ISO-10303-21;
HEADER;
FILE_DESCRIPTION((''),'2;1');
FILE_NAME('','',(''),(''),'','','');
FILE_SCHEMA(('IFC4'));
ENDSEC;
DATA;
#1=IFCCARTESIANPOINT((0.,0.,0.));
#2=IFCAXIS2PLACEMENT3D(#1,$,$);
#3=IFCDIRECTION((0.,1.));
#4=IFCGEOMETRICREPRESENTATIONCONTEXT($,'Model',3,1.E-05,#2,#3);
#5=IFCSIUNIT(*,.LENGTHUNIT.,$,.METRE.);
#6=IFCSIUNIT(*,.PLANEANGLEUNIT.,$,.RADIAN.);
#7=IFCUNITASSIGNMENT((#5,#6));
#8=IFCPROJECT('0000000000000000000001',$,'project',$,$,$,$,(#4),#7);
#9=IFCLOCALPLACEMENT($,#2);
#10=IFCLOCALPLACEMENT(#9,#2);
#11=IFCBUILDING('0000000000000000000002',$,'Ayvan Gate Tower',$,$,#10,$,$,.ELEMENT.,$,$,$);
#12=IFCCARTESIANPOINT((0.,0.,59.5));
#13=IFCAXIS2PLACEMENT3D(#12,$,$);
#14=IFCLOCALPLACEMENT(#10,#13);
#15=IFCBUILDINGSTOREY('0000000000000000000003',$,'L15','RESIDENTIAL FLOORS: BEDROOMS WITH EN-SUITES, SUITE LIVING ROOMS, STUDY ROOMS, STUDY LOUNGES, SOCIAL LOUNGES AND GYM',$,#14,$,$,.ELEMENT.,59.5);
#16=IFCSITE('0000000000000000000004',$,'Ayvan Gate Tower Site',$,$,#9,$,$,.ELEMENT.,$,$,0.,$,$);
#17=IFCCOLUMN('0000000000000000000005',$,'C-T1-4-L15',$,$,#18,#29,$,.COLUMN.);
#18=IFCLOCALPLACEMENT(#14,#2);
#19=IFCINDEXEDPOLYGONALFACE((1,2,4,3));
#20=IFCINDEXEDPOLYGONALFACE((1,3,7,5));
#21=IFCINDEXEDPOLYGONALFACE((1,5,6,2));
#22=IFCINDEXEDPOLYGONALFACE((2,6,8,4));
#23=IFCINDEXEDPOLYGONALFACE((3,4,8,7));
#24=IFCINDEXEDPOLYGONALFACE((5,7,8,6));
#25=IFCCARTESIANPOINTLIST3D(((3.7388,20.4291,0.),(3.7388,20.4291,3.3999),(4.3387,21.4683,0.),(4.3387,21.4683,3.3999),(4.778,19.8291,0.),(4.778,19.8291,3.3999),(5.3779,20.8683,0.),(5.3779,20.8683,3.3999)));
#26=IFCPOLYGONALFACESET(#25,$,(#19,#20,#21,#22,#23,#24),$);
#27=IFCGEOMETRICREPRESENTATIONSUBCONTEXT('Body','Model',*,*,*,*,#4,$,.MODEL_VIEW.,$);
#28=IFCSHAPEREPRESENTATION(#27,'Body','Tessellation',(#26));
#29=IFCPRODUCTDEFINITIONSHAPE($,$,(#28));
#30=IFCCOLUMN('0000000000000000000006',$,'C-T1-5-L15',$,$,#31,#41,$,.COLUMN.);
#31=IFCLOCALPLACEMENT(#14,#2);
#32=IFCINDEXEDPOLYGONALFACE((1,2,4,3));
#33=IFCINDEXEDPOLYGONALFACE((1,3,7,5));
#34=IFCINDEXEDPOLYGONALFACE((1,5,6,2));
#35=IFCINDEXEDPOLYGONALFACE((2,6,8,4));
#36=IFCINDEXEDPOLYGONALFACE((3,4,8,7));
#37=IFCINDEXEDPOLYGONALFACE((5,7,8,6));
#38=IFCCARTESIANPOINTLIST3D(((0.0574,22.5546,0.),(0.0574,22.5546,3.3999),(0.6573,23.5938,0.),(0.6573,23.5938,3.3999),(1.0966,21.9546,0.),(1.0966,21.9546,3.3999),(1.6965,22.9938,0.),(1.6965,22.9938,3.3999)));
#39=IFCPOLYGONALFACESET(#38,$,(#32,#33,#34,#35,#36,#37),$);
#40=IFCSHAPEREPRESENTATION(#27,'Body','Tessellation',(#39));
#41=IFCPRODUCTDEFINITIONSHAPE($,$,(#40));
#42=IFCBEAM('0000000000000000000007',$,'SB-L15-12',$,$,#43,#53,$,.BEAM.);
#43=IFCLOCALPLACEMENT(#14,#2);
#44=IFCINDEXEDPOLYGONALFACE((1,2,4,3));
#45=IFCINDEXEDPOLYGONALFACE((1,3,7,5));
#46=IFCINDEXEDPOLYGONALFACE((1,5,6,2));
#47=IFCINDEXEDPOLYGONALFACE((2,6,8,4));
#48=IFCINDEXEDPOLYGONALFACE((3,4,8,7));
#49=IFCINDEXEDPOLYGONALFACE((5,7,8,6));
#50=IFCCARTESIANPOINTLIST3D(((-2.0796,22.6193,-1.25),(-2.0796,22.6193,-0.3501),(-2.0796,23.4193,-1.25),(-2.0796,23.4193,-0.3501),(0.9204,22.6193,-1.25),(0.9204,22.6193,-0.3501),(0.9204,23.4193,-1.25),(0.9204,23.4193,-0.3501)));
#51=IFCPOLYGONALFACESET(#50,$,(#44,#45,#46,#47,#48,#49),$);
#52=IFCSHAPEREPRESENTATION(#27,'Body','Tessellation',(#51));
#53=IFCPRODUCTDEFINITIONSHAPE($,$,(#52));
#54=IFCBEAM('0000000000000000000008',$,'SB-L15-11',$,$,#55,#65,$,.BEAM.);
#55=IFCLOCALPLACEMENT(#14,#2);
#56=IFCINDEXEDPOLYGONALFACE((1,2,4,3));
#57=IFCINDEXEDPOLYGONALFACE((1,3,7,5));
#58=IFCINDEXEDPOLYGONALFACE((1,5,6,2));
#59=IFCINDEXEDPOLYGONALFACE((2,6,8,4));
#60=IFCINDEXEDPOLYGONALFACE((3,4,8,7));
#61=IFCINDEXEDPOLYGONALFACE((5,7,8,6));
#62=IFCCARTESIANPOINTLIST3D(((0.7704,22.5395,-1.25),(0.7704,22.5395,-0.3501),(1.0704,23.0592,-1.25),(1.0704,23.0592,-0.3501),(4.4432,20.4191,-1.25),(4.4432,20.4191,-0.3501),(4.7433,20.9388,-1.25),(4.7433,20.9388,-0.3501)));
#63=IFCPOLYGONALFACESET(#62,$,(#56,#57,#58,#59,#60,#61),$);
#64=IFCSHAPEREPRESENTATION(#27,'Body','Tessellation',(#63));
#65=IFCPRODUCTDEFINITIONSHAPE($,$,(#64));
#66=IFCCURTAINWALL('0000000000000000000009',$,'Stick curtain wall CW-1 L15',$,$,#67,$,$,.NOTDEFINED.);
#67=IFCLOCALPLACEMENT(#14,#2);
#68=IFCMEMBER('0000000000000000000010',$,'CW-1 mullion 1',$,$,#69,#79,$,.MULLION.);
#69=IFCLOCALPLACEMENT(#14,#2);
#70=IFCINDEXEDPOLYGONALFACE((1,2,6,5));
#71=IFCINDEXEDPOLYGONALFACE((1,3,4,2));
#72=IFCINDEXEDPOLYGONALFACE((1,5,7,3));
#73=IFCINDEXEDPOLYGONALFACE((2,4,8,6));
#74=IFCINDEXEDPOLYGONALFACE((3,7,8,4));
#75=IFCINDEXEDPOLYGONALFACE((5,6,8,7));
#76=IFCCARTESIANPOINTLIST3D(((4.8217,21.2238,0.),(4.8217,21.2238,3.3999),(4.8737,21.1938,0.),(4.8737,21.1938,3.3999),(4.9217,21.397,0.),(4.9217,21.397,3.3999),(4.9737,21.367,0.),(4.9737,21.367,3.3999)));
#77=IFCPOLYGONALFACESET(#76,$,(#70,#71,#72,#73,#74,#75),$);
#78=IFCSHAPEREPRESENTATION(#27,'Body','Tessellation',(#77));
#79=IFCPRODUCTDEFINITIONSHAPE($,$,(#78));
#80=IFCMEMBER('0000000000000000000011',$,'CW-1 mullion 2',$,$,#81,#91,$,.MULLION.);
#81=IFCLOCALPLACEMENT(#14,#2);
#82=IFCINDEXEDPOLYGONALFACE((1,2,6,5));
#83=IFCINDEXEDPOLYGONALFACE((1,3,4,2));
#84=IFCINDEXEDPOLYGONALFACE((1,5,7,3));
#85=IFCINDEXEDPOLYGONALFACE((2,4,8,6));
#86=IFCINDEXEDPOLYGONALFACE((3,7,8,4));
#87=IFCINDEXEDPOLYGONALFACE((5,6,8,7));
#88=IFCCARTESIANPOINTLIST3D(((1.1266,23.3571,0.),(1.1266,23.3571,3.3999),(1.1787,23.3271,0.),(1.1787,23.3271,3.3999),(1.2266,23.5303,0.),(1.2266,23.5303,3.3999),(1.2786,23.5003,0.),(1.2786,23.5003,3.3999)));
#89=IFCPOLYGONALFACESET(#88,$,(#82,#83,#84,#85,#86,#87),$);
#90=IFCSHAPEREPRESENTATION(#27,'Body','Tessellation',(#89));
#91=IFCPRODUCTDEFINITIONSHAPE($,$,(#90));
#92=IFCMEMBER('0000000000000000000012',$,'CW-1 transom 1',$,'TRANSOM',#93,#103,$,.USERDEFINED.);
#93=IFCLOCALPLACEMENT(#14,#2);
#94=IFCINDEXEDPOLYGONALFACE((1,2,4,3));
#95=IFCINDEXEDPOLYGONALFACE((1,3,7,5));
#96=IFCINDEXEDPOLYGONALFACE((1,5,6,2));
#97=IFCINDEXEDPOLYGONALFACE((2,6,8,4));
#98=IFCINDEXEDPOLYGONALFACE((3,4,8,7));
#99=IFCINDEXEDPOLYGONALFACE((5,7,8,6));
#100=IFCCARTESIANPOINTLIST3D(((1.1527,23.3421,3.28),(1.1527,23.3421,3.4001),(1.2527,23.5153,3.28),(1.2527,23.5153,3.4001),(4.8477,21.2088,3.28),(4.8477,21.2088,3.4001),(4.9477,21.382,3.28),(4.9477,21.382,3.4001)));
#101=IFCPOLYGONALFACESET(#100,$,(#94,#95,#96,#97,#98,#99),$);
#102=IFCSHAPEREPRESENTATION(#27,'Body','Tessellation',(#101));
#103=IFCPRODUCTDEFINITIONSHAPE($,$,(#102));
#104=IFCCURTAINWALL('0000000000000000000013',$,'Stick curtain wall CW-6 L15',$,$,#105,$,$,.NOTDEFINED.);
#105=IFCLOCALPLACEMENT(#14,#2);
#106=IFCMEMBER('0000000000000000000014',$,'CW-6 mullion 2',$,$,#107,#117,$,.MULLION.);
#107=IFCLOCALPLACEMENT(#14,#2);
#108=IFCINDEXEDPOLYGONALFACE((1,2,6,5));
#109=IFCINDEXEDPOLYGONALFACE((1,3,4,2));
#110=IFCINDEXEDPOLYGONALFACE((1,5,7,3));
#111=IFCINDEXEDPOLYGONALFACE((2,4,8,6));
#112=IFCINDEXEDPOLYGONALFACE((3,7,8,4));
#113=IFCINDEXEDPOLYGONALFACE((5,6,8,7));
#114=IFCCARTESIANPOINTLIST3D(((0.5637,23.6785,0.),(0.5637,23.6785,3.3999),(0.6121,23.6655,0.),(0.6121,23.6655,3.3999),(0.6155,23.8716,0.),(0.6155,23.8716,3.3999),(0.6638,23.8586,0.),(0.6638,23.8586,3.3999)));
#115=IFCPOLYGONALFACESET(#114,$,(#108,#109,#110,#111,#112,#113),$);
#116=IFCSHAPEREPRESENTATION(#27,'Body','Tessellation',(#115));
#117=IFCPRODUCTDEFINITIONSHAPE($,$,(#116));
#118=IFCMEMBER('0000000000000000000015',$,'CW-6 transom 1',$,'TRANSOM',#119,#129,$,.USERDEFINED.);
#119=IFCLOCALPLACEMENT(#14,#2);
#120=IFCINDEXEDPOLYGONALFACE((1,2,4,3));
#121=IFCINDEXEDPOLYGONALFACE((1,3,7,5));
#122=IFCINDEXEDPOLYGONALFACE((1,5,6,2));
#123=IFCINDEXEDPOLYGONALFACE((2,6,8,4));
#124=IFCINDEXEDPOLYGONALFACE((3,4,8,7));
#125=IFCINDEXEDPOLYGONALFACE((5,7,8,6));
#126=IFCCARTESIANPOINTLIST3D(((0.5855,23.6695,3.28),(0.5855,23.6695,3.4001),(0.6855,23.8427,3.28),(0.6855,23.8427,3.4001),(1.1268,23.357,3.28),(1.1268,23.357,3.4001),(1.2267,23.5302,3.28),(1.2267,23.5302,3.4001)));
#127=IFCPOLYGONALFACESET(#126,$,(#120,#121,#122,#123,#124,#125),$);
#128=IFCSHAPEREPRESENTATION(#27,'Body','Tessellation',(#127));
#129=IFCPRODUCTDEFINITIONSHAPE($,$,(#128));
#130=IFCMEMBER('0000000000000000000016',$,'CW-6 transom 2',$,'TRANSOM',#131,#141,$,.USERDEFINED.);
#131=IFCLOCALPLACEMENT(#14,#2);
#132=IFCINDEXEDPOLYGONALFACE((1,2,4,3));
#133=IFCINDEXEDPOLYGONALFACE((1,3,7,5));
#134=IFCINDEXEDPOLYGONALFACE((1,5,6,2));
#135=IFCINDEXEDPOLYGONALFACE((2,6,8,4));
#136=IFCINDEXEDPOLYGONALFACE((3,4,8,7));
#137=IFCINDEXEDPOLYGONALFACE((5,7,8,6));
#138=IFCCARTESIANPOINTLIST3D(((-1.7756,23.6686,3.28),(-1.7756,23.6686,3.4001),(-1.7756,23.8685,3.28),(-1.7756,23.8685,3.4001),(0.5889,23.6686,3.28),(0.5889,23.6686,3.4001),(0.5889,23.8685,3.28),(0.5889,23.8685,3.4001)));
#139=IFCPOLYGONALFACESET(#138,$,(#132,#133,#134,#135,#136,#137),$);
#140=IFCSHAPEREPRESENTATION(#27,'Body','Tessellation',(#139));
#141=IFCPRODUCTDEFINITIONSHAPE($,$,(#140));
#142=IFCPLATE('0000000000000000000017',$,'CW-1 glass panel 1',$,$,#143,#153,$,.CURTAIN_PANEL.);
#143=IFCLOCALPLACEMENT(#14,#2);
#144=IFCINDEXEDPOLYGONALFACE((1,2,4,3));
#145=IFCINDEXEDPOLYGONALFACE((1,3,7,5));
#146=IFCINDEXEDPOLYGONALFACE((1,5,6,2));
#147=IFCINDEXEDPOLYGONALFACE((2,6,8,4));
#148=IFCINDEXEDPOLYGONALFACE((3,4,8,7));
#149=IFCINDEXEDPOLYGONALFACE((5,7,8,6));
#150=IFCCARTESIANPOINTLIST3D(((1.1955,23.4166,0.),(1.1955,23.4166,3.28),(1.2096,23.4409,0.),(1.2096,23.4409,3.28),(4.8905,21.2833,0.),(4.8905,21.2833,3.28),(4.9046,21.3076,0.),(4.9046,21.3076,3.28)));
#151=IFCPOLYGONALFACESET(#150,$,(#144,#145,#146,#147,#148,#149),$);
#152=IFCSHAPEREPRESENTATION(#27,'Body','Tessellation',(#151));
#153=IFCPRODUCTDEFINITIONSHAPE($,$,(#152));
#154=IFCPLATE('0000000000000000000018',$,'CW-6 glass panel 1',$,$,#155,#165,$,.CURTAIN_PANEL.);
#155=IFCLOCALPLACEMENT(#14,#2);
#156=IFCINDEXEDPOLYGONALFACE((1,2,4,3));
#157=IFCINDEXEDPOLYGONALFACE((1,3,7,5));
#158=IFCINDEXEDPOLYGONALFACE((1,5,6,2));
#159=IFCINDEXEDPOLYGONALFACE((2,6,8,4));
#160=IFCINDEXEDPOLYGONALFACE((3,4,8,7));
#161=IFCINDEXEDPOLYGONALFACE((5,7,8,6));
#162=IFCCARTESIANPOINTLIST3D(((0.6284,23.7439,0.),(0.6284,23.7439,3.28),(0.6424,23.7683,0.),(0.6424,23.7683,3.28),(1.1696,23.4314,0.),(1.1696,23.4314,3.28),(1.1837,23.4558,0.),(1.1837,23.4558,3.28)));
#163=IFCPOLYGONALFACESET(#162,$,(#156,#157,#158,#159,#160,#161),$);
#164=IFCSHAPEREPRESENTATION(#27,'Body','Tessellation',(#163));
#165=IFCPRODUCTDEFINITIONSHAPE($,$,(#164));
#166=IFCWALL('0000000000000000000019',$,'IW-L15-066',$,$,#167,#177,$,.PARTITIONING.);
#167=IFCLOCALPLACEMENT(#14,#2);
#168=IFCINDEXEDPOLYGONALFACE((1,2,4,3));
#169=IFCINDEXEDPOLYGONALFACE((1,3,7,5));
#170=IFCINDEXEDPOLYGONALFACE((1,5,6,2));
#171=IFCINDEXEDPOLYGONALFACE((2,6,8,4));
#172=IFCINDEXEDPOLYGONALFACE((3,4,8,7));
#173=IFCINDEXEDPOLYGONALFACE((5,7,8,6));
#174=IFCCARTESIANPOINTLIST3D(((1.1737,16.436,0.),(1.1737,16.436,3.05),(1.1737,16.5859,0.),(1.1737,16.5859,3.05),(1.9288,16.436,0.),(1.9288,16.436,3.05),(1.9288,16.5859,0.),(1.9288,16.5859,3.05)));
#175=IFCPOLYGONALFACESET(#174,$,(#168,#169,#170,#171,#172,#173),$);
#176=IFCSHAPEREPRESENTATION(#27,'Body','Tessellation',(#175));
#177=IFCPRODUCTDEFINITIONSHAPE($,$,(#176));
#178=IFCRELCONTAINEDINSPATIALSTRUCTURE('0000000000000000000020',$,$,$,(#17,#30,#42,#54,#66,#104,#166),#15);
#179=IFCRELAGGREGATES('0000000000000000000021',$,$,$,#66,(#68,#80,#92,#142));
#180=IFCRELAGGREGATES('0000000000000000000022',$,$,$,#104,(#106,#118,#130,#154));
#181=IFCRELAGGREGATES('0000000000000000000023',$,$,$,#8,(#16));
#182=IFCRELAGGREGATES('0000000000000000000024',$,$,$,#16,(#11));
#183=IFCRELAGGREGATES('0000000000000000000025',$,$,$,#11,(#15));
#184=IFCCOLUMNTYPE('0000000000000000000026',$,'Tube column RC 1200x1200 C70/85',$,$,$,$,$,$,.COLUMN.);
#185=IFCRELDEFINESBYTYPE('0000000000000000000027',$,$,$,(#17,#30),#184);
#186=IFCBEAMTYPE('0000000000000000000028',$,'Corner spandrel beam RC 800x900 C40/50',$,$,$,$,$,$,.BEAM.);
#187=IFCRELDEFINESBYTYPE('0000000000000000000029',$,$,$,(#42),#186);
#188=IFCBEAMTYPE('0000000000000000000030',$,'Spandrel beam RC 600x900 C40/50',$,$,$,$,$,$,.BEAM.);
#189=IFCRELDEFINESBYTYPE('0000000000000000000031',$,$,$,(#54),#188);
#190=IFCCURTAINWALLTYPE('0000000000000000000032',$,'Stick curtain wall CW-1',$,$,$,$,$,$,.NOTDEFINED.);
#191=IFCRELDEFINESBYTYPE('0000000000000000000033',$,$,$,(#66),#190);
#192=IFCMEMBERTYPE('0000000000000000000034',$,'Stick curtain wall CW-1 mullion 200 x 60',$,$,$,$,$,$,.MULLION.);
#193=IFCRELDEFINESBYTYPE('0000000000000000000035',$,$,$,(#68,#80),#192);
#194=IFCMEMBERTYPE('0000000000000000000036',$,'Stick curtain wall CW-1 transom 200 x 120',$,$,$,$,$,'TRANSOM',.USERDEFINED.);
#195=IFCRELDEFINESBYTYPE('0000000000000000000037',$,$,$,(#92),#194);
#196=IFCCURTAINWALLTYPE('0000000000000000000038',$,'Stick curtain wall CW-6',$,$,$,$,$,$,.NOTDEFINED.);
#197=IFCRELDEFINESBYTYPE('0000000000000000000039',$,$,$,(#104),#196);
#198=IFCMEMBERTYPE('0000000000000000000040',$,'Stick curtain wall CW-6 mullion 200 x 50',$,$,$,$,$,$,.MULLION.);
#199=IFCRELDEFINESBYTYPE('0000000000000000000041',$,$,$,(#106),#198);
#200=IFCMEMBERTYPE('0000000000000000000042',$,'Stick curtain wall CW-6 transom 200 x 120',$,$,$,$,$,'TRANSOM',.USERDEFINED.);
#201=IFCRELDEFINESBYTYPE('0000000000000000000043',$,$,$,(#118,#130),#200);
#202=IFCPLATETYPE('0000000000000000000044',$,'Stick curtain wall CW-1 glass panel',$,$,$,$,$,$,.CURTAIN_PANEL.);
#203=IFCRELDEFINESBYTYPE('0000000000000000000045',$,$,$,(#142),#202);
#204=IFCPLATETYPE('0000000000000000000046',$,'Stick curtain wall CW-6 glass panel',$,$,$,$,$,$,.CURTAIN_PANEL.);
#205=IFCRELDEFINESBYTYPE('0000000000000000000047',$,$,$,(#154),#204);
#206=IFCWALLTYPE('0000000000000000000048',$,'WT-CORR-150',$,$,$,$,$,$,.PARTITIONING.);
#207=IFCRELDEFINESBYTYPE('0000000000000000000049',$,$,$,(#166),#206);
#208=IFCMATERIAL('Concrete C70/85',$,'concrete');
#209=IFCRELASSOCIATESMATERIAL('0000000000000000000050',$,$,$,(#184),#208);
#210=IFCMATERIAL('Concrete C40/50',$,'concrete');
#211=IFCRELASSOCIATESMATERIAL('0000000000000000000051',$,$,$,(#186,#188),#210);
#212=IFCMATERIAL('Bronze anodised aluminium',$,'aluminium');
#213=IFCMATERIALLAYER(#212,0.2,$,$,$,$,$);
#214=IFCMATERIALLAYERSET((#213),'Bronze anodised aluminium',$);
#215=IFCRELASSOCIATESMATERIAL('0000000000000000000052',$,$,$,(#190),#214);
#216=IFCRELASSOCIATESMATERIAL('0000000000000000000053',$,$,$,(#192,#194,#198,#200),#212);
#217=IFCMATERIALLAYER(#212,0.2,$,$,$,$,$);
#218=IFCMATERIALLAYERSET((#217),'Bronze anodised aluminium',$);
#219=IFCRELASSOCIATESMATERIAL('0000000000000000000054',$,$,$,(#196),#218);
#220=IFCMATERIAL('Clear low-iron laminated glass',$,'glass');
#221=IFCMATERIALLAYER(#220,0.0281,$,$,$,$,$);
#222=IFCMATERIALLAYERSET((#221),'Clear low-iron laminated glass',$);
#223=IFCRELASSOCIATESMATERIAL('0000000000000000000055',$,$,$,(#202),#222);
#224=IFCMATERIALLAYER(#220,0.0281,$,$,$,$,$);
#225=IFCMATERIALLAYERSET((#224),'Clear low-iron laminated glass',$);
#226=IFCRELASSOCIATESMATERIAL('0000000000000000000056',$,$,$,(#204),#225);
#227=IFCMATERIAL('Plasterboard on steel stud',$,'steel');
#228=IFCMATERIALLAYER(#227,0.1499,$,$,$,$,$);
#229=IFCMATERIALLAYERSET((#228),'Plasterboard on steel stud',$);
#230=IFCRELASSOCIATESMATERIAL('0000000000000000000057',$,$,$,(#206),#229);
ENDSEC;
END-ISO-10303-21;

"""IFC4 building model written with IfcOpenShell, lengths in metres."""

from ifc_helpers import new_model, si_unit, direction, frame, frame_2d, origin, origin_2d, place, context, subcontext, project, spatial, rectangle, extrude, material, layer, layer_set, material_profile, profile_set, type_object, element, aggregate, save


model = new_model("IFC4")

# Units and contexts
model_context = context("Model", 3, precision=1e-05, world=origin(), true_north=direction((0.0, 1.0)))
body_context = subcontext(model_context, "Body", "Model", "MODEL_VIEW")
ifc_project = project(units=[si_unit("LENGTHUNIT", "METRE"), si_unit("PLANEANGLEUNIT", "RADIAN")], contexts=[model_context])

# Site, building, storey
site_placement = place(None, origin())
site = spatial("IfcSite", under=ifc_project, at=site_placement, Name="Ayvan Gate Tower Site", CompositionType="ELEMENT", RefElevation=0.0)
building_placement = place(site_placement, origin())
building = spatial("IfcBuilding", under=site, at=building_placement, Name="Ayvan Gate Tower", CompositionType="ELEMENT")
storey_placement = place(building_placement, frame((0.0, 0.0, 59.5)))
storey = spatial("IfcBuildingStorey", under=building, at=storey_placement, Name="L15", Description="RESIDENTIAL FLOORS: BEDROOMS WITH EN-SUITES, SUITE LIVING ROOMS, STUDY ROOMS, STUDY LOUNGES, SOCIAL LOUNGES AND GYM", CompositionType="ELEMENT", Elevation=59.5)

# Columns
ifc_material_1 = material(Name="Concrete C70/85", Category="concrete")
ifc_material_profile_1 = material_profile(ifc_material_1, rectangle(XDim=1.2, YDim=1.2, at=origin_2d()), Name="RC 1200x1200")
ifc_profile_set_1 = profile_set([ifc_material_profile_1], Name="Concrete C70/85")
column_type = type_object("IfcColumnType", Name="Tube column RC 1200x1200 C70/85", PredefinedType="COLUMN", material=ifc_profile_set_1)
for number, where, z_axis, x_axis, name in (
    (1, (4.5583, 20.6487, 0.0), (0.0, 0.0, 1.0), (0.5, 0.866025, 0.0), "C-T1-4-L15"),
    (2, (0.877, 22.7742, 0.0), (0.0, 0.0, 1.0), (0.5, 0.866025, 0.0), "C-T1-5-L15"),
):
    element("IfcColumn", number, at=place(storey_placement, frame(where, z_axis=z_axis, x_axis=x_axis)), inside=storey, type_object=column_type, Name=name, PredefinedType="COLUMN", context=body_context, shape_type="SweptSolid", body=[
        extrude(rectangle(XDim=1.2, YDim=1.2, at=origin_2d()), origin(), (0.0, 0.0, 1.0), 3.3999),
    ])

# Beams
ifc_material_2 = material(Name="Concrete C40/50", Category="concrete")
ifc_material_profile_2 = material_profile(ifc_material_2, rectangle(XDim=0.8, YDim=0.8999, at=origin_2d()), Name="RC 800x900")
ifc_profile_set_2 = profile_set([ifc_material_profile_2], Name="Concrete C40/50")
beam_type_1 = type_object("IfcBeamType", Name="Corner spandrel beam RC 800x900 C40/50", PredefinedType="BEAM", material=ifc_profile_set_2)
beam_1_placement = place(storey_placement, frame((0.9204, 23.0193, -0.8), z_axis=(-1.0, 0.0, 0.0), x_axis=(0.0, -1.0, 0.0)))
element("IfcBeam", 3, at=beam_1_placement, inside=storey, type_object=beam_type_1, Name="SB-L15-12", PredefinedType="BEAM", context=body_context, shape_type="SweptSolid", body=[
    extrude(rectangle(XDim=0.8, YDim=0.8999, at=origin_2d()), origin(), (0.0, 0.0, 1.0), 3.0),
])
ifc_material_profile_3 = material_profile(ifc_material_2, rectangle(XDim=0.6001, YDim=0.8999, at=origin_2d()), Name="RC 600x900")
ifc_profile_set_3 = profile_set([ifc_material_profile_3], Name="Concrete C40/50")
beam_type_2 = type_object("IfcBeamType", Name="Spandrel beam RC 600x900 C40/50", PredefinedType="BEAM", material=ifc_profile_set_3)
beam_2_placement = place(storey_placement, frame((4.5933, 20.679, -0.8), z_axis=(-0.866042, 0.499972, 0.0), x_axis=(-0.499972, -0.866042, 0.0)))
element("IfcBeam", 4, at=beam_2_placement, inside=storey, type_object=beam_type_2, Name="SB-L15-11", PredefinedType="BEAM", context=body_context, shape_type="SweptSolid", body=[
    extrude(rectangle(XDim=0.6001, YDim=0.8999, at=origin_2d()), origin(), (0.0, 0.0, 1.0), 4.241),
])

# Curtain walls, members
ifc_material_3 = material(Name="Bronze anodised aluminium", Category="aluminium")
ifc_layer_1 = layer(ifc_material_3, 0.2)
ifc_layer_set_1 = layer_set([ifc_layer_1], Name="Bronze anodised aluminium")
curtain_wall_type_1 = type_object("IfcCurtainWallType", Name="Stick curtain wall CW-1", PredefinedType="NOTDEFINED", material=ifc_layer_set_1)
curtain_wall_1_placement = place(storey_placement, origin())
curtain_wall_1 = element("IfcCurtainWall", 5, at=curtain_wall_1_placement, inside=storey, type_object=curtain_wall_type_1, Name="Stick curtain wall CW-1 L15", PredefinedType="NOTDEFINED")
ifc_material_profile_4 = material_profile(ifc_material_3, rectangle(XDim=0.2, YDim=0.0601, at=origin_2d()), Name="Stick curtain wall CW-1 mullion 200 x 60")
ifc_profile_set_4 = profile_set([ifc_material_profile_4], Name="Bronze anodised aluminium")
member_type_1 = type_object("IfcMemberType", Name="Stick curtain wall CW-1 mullion 200 x 60", PredefinedType="MULLION", material=ifc_profile_set_4)
member_1_placement = place(storey_placement, frame((4.8977, 21.2954, 0.0), z_axis=(0.0, 0.0, 1.0), x_axis=(0.5, 0.866025, 0.0)))
member_1 = element("IfcMember", 6, at=member_1_placement, type_object=member_type_1, Name="CW-1 mullion 1", PredefinedType="MULLION", context=body_context, shape_type="SweptSolid", body=[
    extrude(rectangle(XDim=0.2, YDim=0.0601, at=origin_2d()), origin(), (0.0, 0.0, 1.0), 3.3999),
])
member_2_placement = place(storey_placement, frame((1.2026, 23.4287, 0.0), z_axis=(0.0, 0.0, 1.0), x_axis=(0.5, 0.866025, 0.0)))
member_2 = element("IfcMember", 7, at=member_2_placement, type_object=member_type_1, Name="CW-1 mullion 2", PredefinedType="MULLION", context=body_context, shape_type="SweptSolid", body=[
    extrude(rectangle(XDim=0.2, YDim=0.0601, at=origin_2d()), origin(), (0.0, 0.0, 1.0), 3.3999),
])
ifc_material_profile_5 = material_profile(ifc_material_3, rectangle(XDim=0.2, YDim=0.1201, at=origin_2d()), Name="Stick curtain wall CW-1 transom 200 x 120")
ifc_profile_set_5 = profile_set([ifc_material_profile_5], Name="Bronze anodised aluminium")
member_type_2 = type_object("IfcMemberType", Name="Stick curtain wall CW-1 transom 200 x 120", ElementType="TRANSOM", PredefinedType="USERDEFINED", material=ifc_profile_set_5)
member_3_placement = place(storey_placement, frame((4.8977, 21.2954, 3.3401), z_axis=(-0.86603, 0.499992, 0.0), x_axis=(-0.499992, -0.86603, 0.0)))
member_3 = element("IfcMember", 8, at=member_3_placement, type_object=member_type_2, Name="CW-1 transom 1", ObjectType="TRANSOM", PredefinedType="USERDEFINED", context=body_context, shape_type="SweptSolid", body=[
    extrude(rectangle(XDim=0.2, YDim=0.1201, at=origin_2d()), origin(), (0.0, 0.0, 1.0), 4.2666),
])
ifc_layer_2 = layer(ifc_material_3, 0.2)
ifc_layer_set_2 = layer_set([ifc_layer_2], Name="Bronze anodised aluminium")
curtain_wall_type_2 = type_object("IfcCurtainWallType", Name="Stick curtain wall CW-6", PredefinedType="NOTDEFINED", material=ifc_layer_set_2)
curtain_wall_2_placement = place(storey_placement, origin())
curtain_wall_2 = element("IfcCurtainWall", 9, at=curtain_wall_2_placement, inside=storey, type_object=curtain_wall_type_2, Name="Stick curtain wall CW-6 L15", PredefinedType="NOTDEFINED")
ifc_material_profile_6 = material_profile(ifc_material_3, rectangle(XDim=0.2, YDim=0.05, at=origin_2d()), Name="Stick curtain wall CW-6 mullion 200 x 50")
ifc_profile_set_6 = profile_set([ifc_material_profile_6], Name="Bronze anodised aluminium")
member_type_3 = type_object("IfcMemberType", Name="Stick curtain wall CW-6 mullion 200 x 50", PredefinedType="MULLION", material=ifc_profile_set_6)
member_4_placement = place(storey_placement, frame((0.6138, 23.7686, 0.0), z_axis=(0.0, 0.0, 1.0), x_axis=(0.258819, 0.965926, 0.0)))
member_4 = element("IfcMember", 10, at=member_4_placement, type_object=member_type_3, Name="CW-6 mullion 2", PredefinedType="MULLION", context=body_context, shape_type="SweptSolid", body=[
    extrude(rectangle(XDim=0.2, YDim=0.05, at=origin_2d()), origin(), (0.0, 0.0, 1.0), 3.3999),
])
ifc_material_profile_7 = material_profile(ifc_material_3, rectangle(XDim=0.2, YDim=0.1201, at=origin_2d()), Name="Stick curtain wall CW-6 transom 200 x 120")
ifc_profile_set_7 = profile_set([ifc_material_profile_7], Name="Bronze anodised aluminium")
member_type_4 = type_object("IfcMemberType", Name="Stick curtain wall CW-6 transom 200 x 120", ElementType="TRANSOM", PredefinedType="USERDEFINED", material=ifc_profile_set_7)
member_5_placement = place(storey_placement, frame((1.1768, 23.4436, 3.3401), z_axis=(-0.866023, 0.500004, 0.0), x_axis=(-0.500004, -0.866023, 0.0)))
member_5 = element("IfcMember", 11, at=member_5_placement, type_object=member_type_4, Name="CW-6 transom 1", ObjectType="TRANSOM", PredefinedType="USERDEFINED", context=body_context, shape_type="SweptSolid", body=[
    extrude(rectangle(XDim=0.2, YDim=0.1201, at=origin_2d()), origin(), (0.0, 0.0, 1.0), 0.625),
])
member_6_placement = place(storey_placement, frame((0.5889, 23.7686, 3.3401), z_axis=(-1.0, 0.0, 0.0), x_axis=(0.0, -1.0, 0.0)))
member_6 = element("IfcMember", 12, at=member_6_placement, type_object=member_type_4, Name="CW-6 transom 2", ObjectType="TRANSOM", PredefinedType="USERDEFINED", context=body_context, shape_type="SweptSolid", body=[
    extrude(rectangle(XDim=0.2, YDim=0.1201, at=origin_2d()), origin(), (0.0, 0.0, 1.0), 2.3645),
])

# Plates
ifc_material_4 = material(Name="Clear low-iron laminated glass", Category="glass")
ifc_layer_3 = layer(ifc_material_4, 0.0281)
ifc_layer_set_3 = layer_set([ifc_layer_3], Name="Clear low-iron laminated glass")
plate_type_1 = type_object("IfcPlateType", Name="Stick curtain wall CW-1 glass panel", PredefinedType="CURTAIN_PANEL", material=ifc_layer_set_3)
plate_1_placement = place(storey_placement, frame((3.05, 22.3621, 0.0), z_axis=(0.0, 0.0, 1.0), x_axis=(-0.866025, 0.5, 0.0)))
plate_1 = element("IfcPlate", 13, at=plate_1_placement, type_object=plate_type_1, Name="CW-1 glass panel 1", PredefinedType="CURTAIN_PANEL", context=body_context, shape_type="SweptSolid", body=[
    extrude(rectangle(XDim=4.2666, YDim=0.0281, at=origin_2d()), origin(), (0.0, 0.0, 1.0), 3.28),
])
aggregate(curtain_wall_1, [member_1, member_2, member_3, plate_1])
ifc_layer_4 = layer(ifc_material_4, 0.0281)
ifc_layer_set_4 = layer_set([ifc_layer_4], Name="Clear low-iron laminated glass")
plate_type_2 = type_object("IfcPlateType", Name="Stick curtain wall CW-6 glass panel", PredefinedType="CURTAIN_PANEL", material=ifc_layer_set_4)
plate_2_placement = place(storey_placement, frame((0.906, 23.5999, 0.0), z_axis=(0.0, 0.0, 1.0), x_axis=(-0.866025, 0.5, 0.0)))
plate_2 = element("IfcPlate", 14, at=plate_2_placement, type_object=plate_type_2, Name="CW-6 glass panel 1", PredefinedType="CURTAIN_PANEL", context=body_context, shape_type="SweptSolid", body=[
    extrude(rectangle(XDim=0.625, YDim=0.0281, at=origin_2d()), origin(), (0.0, 0.0, 1.0), 3.28),
])
aggregate(curtain_wall_2, [member_4, member_5, member_6, plate_2])

# Wall
ifc_material_5 = material(Name="Plasterboard on steel stud", Category="steel")
ifc_layer_5 = layer(ifc_material_5, 0.1499)
ifc_layer_set_5 = layer_set([ifc_layer_5], Name="Plasterboard on steel stud")
wall_type_1 = type_object("IfcWallType", Name="WT-CORR-150", PredefinedType="PARTITIONING", material=ifc_layer_set_5)
wall_1_placement = place(storey_placement, frame((1.1738, 16.511, 0.0), z_axis=(0.0, 0.0, 1.0), x_axis=(1.0, 0.0, 0.0)))
element("IfcWall", 15, at=wall_1_placement, inside=storey, type_object=wall_type_1, Name="IW-L15-066", PredefinedType="PARTITIONING", context=body_context, shape_type="SweptSolid", body=[
    extrude(rectangle(XDim=0.7551, YDim=0.1499, at=frame_2d((0.3774, 0.0))), origin(), (0.0, 0.0, 1.0), 3.05),
])

save(model, "model.ifc")
